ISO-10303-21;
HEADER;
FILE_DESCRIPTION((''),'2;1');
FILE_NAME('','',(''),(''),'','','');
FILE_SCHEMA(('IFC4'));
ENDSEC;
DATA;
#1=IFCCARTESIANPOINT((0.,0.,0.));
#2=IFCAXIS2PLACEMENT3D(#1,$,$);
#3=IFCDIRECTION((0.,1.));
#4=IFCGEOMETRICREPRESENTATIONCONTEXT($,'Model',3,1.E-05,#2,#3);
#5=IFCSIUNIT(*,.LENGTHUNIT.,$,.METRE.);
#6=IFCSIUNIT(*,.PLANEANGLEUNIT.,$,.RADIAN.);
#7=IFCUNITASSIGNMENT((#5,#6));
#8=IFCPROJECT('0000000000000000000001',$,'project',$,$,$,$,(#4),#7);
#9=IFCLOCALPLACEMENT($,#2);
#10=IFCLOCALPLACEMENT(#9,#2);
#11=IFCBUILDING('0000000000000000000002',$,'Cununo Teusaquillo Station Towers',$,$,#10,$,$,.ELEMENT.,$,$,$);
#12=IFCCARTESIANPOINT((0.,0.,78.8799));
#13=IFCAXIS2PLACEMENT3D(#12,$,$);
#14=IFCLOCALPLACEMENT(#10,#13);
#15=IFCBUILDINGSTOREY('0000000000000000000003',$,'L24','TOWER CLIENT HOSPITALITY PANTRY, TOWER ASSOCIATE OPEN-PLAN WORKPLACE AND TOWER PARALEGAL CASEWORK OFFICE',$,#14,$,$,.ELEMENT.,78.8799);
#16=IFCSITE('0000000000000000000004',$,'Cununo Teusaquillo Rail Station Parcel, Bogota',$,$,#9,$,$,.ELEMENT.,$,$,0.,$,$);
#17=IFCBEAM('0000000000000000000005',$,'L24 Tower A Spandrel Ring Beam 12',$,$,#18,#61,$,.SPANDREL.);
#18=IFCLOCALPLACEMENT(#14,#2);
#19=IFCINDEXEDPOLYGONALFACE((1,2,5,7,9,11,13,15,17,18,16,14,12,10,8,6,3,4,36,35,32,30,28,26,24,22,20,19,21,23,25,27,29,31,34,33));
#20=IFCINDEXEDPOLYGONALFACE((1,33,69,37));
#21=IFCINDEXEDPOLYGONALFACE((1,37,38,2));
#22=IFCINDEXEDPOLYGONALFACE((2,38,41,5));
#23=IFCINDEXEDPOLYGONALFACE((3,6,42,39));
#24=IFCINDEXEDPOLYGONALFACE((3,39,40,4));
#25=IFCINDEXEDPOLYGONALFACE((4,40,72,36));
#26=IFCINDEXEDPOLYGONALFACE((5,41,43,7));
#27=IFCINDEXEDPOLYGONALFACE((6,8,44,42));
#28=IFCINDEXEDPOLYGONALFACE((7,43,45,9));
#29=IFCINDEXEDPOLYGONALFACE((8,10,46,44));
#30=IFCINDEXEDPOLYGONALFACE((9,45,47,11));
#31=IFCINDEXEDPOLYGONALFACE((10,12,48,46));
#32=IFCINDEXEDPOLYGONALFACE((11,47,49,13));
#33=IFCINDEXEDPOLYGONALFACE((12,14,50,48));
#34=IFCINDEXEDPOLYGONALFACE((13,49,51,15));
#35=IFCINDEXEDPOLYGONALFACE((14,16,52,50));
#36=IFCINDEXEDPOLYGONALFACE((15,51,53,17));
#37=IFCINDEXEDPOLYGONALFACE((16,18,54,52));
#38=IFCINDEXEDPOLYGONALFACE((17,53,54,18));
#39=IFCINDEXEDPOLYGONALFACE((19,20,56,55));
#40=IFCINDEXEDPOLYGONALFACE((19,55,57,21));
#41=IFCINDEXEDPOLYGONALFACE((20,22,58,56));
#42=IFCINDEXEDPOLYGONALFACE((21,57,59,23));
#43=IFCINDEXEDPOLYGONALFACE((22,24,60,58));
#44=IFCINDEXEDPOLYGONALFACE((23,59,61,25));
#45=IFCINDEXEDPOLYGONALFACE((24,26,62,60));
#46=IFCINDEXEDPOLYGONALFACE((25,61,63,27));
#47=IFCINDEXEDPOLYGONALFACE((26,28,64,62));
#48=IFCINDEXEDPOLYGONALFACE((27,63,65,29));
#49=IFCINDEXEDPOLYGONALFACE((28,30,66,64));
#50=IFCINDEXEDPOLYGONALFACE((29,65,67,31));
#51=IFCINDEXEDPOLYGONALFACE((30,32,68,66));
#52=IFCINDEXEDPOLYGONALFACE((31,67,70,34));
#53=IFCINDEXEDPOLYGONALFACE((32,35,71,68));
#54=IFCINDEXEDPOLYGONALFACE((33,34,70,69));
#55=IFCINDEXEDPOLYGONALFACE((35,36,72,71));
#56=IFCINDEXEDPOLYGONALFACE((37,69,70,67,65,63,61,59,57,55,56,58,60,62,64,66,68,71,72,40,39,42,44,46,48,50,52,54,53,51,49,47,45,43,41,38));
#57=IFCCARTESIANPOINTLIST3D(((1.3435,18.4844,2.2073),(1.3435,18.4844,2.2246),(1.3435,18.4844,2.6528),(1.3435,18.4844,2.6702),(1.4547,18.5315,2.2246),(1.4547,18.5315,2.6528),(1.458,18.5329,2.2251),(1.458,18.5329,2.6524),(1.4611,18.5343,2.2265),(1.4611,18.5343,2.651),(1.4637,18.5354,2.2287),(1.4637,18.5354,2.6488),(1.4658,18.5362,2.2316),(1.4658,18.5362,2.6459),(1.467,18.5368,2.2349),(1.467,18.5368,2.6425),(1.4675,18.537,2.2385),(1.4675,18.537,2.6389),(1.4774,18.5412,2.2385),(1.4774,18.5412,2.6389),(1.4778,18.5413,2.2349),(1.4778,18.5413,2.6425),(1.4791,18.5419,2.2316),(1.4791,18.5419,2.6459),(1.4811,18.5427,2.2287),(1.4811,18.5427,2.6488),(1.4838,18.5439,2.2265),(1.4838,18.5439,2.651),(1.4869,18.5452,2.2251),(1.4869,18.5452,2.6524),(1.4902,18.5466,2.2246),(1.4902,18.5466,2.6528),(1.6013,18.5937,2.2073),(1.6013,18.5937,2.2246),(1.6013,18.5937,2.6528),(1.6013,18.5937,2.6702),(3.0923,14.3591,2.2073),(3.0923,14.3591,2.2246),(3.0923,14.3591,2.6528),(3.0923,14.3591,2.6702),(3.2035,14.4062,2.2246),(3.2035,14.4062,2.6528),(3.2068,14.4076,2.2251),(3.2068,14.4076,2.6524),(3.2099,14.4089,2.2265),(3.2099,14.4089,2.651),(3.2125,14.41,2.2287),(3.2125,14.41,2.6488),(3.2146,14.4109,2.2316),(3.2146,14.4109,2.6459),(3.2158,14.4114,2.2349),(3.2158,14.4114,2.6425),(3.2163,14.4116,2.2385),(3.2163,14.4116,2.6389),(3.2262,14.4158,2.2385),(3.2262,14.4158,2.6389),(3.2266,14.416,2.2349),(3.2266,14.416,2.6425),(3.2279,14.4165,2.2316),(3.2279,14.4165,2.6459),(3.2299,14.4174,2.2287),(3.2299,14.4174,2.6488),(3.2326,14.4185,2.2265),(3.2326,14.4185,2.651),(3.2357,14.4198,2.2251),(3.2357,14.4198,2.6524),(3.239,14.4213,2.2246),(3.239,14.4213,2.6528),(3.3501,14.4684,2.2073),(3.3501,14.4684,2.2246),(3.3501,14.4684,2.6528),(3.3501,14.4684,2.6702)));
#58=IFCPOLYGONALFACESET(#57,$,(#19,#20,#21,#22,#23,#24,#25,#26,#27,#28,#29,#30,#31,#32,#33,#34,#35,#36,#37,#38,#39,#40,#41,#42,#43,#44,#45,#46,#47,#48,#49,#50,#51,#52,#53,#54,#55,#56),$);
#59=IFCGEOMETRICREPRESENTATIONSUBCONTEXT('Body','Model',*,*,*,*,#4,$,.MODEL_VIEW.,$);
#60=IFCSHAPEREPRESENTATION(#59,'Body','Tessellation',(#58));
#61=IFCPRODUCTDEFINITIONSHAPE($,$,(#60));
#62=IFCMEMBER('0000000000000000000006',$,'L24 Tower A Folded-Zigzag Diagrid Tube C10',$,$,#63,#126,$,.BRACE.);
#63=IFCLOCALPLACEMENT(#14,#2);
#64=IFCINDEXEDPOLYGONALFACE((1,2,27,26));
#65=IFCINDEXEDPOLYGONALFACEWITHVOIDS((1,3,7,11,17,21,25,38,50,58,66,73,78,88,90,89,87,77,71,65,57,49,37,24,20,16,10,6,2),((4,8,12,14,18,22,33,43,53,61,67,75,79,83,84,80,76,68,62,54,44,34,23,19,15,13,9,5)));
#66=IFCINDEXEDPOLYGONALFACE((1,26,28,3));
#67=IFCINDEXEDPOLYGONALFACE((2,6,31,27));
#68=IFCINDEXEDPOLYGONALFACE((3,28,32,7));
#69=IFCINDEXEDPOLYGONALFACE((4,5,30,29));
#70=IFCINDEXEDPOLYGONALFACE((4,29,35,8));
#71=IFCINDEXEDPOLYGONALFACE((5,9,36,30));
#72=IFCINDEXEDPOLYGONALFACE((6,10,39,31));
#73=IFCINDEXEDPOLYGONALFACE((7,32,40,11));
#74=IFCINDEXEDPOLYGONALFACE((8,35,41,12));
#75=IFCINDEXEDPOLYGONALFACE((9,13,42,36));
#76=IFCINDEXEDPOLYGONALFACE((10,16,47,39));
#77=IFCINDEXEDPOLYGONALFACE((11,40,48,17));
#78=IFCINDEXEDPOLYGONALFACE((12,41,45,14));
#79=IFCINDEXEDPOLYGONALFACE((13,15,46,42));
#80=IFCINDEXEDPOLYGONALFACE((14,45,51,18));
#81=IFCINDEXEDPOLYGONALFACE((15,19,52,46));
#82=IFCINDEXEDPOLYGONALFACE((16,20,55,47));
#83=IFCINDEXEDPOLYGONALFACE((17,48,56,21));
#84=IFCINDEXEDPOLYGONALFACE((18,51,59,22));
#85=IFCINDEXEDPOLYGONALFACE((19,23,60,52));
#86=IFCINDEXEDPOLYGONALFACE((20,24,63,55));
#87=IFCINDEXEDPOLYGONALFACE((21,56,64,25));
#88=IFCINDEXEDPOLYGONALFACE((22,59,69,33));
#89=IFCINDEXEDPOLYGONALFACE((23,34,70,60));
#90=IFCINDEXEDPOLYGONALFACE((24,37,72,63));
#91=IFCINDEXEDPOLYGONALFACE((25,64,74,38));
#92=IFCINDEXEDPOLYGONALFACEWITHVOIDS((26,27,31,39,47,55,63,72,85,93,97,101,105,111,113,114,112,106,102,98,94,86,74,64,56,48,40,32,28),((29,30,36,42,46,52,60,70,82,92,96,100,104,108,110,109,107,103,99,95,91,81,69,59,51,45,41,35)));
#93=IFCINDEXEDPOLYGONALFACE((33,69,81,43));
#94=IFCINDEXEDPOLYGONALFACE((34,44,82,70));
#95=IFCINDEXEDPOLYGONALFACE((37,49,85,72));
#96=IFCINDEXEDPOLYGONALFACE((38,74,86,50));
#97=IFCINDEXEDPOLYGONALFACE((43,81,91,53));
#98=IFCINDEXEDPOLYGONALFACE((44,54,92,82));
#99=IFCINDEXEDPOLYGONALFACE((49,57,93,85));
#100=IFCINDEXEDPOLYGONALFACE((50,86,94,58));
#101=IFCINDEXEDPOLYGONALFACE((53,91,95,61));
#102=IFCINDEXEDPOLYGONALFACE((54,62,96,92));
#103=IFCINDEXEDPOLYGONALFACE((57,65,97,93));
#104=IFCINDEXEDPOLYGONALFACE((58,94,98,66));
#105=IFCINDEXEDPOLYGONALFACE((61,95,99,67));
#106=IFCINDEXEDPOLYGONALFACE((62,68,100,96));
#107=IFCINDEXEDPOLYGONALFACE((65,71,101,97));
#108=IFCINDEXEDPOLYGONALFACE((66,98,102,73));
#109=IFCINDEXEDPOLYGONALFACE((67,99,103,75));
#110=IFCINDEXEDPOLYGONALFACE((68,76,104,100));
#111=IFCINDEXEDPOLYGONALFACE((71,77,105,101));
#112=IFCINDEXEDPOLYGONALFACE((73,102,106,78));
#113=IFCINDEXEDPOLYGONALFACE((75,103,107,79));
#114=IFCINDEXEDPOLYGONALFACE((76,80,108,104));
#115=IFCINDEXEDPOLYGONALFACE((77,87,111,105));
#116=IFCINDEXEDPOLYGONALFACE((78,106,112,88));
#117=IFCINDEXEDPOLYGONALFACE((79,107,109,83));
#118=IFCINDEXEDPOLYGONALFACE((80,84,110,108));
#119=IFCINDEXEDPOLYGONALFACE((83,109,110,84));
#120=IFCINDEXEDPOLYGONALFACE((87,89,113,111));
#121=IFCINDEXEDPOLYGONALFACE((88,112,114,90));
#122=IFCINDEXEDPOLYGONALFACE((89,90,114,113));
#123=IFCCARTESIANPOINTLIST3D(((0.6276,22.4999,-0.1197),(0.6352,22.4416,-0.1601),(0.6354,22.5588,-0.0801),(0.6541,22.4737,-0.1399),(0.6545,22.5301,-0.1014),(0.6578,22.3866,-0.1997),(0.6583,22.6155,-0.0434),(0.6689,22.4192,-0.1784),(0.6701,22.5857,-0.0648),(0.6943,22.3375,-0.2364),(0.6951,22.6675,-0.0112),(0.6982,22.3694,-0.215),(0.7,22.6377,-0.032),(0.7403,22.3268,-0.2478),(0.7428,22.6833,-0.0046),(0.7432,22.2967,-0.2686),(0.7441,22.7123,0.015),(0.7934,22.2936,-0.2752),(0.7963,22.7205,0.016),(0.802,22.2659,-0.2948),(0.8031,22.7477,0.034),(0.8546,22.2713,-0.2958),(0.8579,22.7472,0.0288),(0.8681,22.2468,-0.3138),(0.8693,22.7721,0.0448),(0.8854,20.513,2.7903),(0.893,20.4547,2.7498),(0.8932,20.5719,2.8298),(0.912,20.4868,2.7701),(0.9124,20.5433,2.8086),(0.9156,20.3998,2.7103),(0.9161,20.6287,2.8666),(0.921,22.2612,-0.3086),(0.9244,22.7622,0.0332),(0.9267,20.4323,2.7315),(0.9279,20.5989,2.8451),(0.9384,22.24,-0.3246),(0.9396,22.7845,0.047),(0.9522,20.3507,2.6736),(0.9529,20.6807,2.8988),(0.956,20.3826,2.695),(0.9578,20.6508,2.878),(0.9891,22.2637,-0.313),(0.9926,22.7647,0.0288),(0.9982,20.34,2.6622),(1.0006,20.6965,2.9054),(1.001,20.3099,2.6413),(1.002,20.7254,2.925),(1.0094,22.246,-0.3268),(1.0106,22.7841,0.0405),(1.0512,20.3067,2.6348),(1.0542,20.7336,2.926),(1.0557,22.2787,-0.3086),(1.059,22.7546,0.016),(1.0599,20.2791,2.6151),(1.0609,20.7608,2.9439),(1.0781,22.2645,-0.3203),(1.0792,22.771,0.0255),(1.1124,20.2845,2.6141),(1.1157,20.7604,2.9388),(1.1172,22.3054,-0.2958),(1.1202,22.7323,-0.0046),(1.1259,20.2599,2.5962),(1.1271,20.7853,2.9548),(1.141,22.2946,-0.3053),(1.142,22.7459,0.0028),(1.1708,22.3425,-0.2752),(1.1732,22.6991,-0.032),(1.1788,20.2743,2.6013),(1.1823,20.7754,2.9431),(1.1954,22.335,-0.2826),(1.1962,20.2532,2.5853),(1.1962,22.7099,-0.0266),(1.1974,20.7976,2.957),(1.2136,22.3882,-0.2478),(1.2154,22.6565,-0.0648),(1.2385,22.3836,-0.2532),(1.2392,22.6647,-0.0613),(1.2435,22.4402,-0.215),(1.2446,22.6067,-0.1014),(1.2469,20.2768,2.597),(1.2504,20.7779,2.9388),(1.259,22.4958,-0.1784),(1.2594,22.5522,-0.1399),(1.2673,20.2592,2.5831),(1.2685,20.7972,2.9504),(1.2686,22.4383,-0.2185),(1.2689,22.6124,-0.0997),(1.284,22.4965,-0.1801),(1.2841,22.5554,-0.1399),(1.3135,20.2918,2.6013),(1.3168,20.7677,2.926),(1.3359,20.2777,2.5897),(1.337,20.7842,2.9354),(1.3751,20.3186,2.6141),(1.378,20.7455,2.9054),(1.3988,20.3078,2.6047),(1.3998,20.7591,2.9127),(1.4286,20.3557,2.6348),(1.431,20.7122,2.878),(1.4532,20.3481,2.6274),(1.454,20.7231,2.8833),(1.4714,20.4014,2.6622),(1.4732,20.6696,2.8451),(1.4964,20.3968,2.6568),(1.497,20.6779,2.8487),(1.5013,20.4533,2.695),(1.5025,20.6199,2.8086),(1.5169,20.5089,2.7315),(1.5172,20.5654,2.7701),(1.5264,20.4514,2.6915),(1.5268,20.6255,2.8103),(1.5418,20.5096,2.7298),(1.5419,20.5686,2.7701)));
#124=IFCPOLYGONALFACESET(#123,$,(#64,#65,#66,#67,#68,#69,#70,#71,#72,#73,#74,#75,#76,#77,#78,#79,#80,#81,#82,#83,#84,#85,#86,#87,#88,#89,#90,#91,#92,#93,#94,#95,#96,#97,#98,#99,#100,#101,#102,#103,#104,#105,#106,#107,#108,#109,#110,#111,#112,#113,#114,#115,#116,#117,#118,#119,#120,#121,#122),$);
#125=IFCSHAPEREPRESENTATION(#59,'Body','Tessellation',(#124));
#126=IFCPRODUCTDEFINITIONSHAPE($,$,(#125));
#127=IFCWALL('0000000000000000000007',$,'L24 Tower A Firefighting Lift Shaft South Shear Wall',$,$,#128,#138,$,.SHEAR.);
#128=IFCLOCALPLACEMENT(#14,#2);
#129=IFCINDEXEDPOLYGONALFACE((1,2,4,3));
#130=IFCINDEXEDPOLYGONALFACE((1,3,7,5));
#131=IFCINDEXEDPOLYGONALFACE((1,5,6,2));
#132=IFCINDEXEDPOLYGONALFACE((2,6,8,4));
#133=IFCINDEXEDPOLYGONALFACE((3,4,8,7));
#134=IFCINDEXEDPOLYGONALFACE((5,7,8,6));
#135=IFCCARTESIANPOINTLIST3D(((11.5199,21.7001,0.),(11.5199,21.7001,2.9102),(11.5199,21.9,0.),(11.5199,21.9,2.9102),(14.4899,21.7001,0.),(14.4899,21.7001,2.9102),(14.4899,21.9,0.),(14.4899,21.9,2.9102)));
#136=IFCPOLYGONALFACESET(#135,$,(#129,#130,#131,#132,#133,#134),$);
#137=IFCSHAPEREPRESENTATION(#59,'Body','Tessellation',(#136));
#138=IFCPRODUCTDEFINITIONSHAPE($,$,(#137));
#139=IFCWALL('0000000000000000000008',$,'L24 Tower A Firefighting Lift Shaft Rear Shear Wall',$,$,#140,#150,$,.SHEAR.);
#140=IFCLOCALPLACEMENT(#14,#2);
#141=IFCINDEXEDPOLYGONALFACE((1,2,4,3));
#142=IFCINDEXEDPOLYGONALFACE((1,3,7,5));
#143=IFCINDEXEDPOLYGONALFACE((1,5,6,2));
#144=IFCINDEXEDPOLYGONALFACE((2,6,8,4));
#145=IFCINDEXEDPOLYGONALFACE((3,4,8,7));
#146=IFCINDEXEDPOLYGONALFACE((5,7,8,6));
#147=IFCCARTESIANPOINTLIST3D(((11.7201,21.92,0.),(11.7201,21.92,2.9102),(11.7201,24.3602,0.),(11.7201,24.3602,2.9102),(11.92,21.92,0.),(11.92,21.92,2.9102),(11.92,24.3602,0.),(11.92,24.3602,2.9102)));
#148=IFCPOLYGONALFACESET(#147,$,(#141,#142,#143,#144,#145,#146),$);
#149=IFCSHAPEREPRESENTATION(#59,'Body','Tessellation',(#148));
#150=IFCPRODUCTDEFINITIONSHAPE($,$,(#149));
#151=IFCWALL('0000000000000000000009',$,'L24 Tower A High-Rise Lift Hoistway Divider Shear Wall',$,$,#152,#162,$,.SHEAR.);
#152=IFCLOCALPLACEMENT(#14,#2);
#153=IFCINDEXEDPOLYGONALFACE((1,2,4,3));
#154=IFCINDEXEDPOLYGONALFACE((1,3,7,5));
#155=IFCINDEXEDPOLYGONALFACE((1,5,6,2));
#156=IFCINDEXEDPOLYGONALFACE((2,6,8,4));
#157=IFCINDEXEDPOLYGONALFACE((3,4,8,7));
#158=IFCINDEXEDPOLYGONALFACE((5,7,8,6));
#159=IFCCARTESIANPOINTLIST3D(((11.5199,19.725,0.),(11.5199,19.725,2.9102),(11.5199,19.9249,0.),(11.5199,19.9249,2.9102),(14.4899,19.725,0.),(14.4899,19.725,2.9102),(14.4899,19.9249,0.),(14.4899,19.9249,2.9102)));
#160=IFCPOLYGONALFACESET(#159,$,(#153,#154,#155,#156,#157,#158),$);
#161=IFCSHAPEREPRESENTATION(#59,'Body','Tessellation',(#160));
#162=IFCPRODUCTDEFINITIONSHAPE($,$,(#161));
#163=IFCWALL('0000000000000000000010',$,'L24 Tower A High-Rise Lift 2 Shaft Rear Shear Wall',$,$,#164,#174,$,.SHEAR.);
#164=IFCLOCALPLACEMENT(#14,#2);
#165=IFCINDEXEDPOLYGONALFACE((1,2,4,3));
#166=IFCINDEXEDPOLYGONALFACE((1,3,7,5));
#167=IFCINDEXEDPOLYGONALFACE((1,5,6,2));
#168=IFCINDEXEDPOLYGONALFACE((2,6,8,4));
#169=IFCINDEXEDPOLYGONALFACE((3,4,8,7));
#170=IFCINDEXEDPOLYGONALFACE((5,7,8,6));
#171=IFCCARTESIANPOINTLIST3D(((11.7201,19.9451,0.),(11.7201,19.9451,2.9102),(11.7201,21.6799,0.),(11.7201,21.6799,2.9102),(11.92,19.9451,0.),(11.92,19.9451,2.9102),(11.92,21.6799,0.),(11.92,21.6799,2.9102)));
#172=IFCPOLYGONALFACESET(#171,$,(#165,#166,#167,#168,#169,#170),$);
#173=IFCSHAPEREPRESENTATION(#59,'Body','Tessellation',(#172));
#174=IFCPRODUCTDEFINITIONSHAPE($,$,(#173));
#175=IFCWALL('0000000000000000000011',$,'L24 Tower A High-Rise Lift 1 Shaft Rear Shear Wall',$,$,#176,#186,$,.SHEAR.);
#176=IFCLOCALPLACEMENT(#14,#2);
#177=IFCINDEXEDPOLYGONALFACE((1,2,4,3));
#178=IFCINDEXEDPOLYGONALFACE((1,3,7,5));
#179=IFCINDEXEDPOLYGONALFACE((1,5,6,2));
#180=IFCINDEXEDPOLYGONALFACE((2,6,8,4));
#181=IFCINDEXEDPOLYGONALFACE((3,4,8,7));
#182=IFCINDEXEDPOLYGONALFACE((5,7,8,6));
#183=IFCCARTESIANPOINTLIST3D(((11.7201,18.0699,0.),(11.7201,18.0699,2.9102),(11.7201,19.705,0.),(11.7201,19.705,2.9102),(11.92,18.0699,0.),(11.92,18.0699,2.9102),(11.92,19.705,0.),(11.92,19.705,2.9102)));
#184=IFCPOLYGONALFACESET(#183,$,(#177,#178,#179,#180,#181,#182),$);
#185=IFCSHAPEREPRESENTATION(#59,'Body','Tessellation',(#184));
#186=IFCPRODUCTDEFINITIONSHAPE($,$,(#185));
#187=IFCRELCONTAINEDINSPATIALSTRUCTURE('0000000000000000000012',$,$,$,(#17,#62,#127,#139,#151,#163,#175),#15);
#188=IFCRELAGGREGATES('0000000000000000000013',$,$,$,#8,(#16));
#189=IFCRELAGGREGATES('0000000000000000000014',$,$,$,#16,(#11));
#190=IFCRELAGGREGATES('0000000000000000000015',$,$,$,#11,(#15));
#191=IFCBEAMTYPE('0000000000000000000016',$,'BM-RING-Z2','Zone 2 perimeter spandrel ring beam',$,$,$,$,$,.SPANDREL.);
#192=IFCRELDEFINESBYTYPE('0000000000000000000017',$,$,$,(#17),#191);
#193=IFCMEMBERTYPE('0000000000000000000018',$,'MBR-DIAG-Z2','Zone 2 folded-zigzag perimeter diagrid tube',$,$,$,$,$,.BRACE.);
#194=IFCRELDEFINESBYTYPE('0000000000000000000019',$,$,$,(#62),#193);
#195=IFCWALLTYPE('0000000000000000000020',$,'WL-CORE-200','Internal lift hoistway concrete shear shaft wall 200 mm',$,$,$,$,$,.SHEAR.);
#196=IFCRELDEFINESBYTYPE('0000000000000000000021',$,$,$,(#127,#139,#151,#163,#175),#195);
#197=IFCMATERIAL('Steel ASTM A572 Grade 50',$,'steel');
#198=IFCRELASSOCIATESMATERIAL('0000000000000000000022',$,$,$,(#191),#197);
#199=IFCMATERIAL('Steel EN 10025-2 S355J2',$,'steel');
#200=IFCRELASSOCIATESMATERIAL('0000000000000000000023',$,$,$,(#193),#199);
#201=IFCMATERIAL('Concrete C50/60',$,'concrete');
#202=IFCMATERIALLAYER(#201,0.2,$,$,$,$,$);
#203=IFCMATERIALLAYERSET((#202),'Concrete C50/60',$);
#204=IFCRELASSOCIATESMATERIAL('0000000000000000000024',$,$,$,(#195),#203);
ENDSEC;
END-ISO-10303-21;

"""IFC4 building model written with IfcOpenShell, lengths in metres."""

from ifc_helpers import new_model, si_unit, direction, frame, frame_2d, origin, origin_2d, place, context, subcontext, project, spatial, rectangle, hollow_circle, i_section, extrude, material, layer, layer_set, material_profile, profile_set, type_object, element, save


model = new_model("IFC4")

# Units and contexts
model_context = context("Model", 3, precision=1e-05, world=origin(), true_north=direction((0.0, 1.0)))
body_context = subcontext(model_context, "Body", "Model", "MODEL_VIEW")
ifc_project = project(units=[si_unit("LENGTHUNIT", "METRE"), si_unit("PLANEANGLEUNIT", "RADIAN")], contexts=[model_context])

# Site, building, storey
site_placement = place(None, origin())
site = spatial("IfcSite", under=ifc_project, at=site_placement, Name="Cununo Teusaquillo Rail Station Parcel, Bogota", CompositionType="ELEMENT", RefElevation=0.0)
building_placement = place(site_placement, origin())
building = spatial("IfcBuilding", under=site, at=building_placement, Name="Cununo Teusaquillo Station Towers", CompositionType="ELEMENT")
storey_placement = place(building_placement, frame((0.0, 0.0, 78.8799)))
storey = spatial("IfcBuildingStorey", under=building, at=storey_placement, Name="L24", Description="TOWER CLIENT HOSPITALITY PANTRY, TOWER ASSOCIATE OPEN-PLAN WORKPLACE AND TOWER PARALEGAL CASEWORK OFFICE", CompositionType="ELEMENT", Elevation=78.8799)

# Beam
ifc_material_1 = material(Name="Steel ASTM A572 Grade 50", Category="steel")
ifc_material_profile_1 = material_profile(ifc_material_1, i_section(OverallWidth=0.28, OverallDepth=0.4629, WebThickness=0.0107, FlangeThickness=0.0173, FilletRadius=0.0139, at=origin_2d()), Name="W18X76")
ifc_profile_set_1 = profile_set([ifc_material_profile_1], Name="Steel ASTM A572 Grade 50")
beam_type_1 = type_object("IfcBeamType", Name="BM-RING-Z2", Description="Zone 2 perimeter spandrel ring beam", PredefinedType="SPANDREL", material=ifc_profile_set_1)
beam_1_placement = place(storey_placement, frame((1.4724, 18.5391, 2.4387), z_axis=(0.390299, -0.920688, 0.0), x_axis=(0.920688, 0.390299, 0.0)))
element("IfcBeam", 1, at=beam_1_placement, inside=storey, type_object=beam_type_1, Name="L24 Tower A Spandrel Ring Beam 12", PredefinedType="SPANDREL", context=body_context, shape_type="SweptSolid", body=[
    extrude(i_section(OverallWidth=0.28, OverallDepth=0.4629, WebThickness=0.0107, FlangeThickness=0.0173, FilletRadius=0.0139, at=origin_2d()), origin(), (0.0, 0.0, 1.0), 4.4807),
])

# Member
ifc_material_2 = material(Name="Steel EN 10025-2 S355J2", Category="steel")
ifc_material_profile_2 = material_profile(ifc_material_2, hollow_circle(Radius=0.3301, WallThickness=0.0249, at=origin_2d()), Name="CHS 660x25")
ifc_profile_set_2 = profile_set([ifc_material_profile_2], Name="Steel EN 10025-2 S355J2")
member_type = type_object("IfcMemberType", Name="MBR-DIAG-Z2", Description="Zone 2 folded-zigzag perimeter diagrid tube", PredefinedType="BRACE", material=ifc_profile_set_2)
member_placement = place(storey_placement, frame((0.9568, 22.5129, -0.1399), z_axis=(0.072974, -0.562373, 0.823657), x_axis=(0.991686, 0.128683, 0.0)))
element("IfcMember", 2, at=member_placement, inside=storey, type_object=member_type, Name="L24 Tower A Folded-Zigzag Diagrid Tube C10", PredefinedType="BRACE", context=body_context, shape_type="SweptSolid", body=[
    extrude(hollow_circle(Radius=0.3301, WallThickness=0.0249, at=origin_2d()), origin(), (0.0, 0.0, 1.0), 3.533),
])

# Walls
ifc_material_3 = material(Name="Concrete C50/60", Category="concrete")
ifc_layer_1 = layer(ifc_material_3, 0.2)
ifc_layer_set_1 = layer_set([ifc_layer_1], Name="Concrete C50/60")
wall_type_1 = type_object("IfcWallType", Name="WL-CORE-200", Description="Internal lift hoistway concrete shear shaft wall 200 mm", PredefinedType="SHEAR", material=ifc_layer_set_1)
wall_1_placement = place(storey_placement, frame((11.52, 21.8, 0.0), z_axis=(0.0, 0.0, 1.0), x_axis=(1.0, 0.0, 0.0)))
element("IfcWall", 3, at=wall_1_placement, inside=storey, type_object=wall_type_1, Name="L24 Tower A Firefighting Lift Shaft South Shear Wall", PredefinedType="SHEAR", context=body_context, shape_type="SweptSolid", body=[
    extrude(rectangle(XDim=2.97, YDim=0.2, at=frame_2d((1.4849, 0.0))), origin(), (0.0, 0.0, 1.0), 2.9102),
])
wall_2_placement = place(storey_placement, frame((11.8201, 21.9199, 0.0), z_axis=(0.0, 0.0, 1.0), x_axis=(0.0, 1.0, 0.0)))
element("IfcWall", 4, at=wall_2_placement, inside=storey, type_object=wall_type_1, Name="L24 Tower A Firefighting Lift Shaft Rear Shear Wall", PredefinedType="SHEAR", context=body_context, shape_type="SweptSolid", body=[
    extrude(rectangle(XDim=2.4402, YDim=0.2, at=frame_2d((1.2202, 0.0))), origin(), (0.0, 0.0, 1.0), 2.9102),
])
wall_3_placement = place(storey_placement, frame((11.52, 19.825, 0.0), z_axis=(0.0, 0.0, 1.0), x_axis=(1.0, 0.0, 0.0)))
element("IfcWall", 5, at=wall_3_placement, inside=storey, type_object=wall_type_1, Name="L24 Tower A High-Rise Lift Hoistway Divider Shear Wall", PredefinedType="SHEAR", context=body_context, shape_type="SweptSolid", body=[
    extrude(rectangle(XDim=2.97, YDim=0.2, at=frame_2d((1.4849, 0.0))), origin(), (0.0, 0.0, 1.0), 2.9102),
])
wall_4_placement = place(storey_placement, frame((11.8201, 19.9451, 0.0), z_axis=(0.0, 0.0, 1.0), x_axis=(0.0, 1.0, 0.0)))
element("IfcWall", 6, at=wall_4_placement, inside=storey, type_object=wall_type_1, Name="L24 Tower A High-Rise Lift 2 Shaft Rear Shear Wall", PredefinedType="SHEAR", context=body_context, shape_type="SweptSolid", body=[
    extrude(rectangle(XDim=1.7349, YDim=0.2, at=frame_2d((0.8674, 0.0))), origin(), (0.0, 0.0, 1.0), 2.9102),
])
wall_5_placement = place(storey_placement, frame((11.8201, 18.0701, 0.0), z_axis=(0.0, 0.0, 1.0), x_axis=(0.0, 1.0, 0.0)))
element("IfcWall", 7, at=wall_5_placement, inside=storey, type_object=wall_type_1, Name="L24 Tower A High-Rise Lift 1 Shaft Rear Shear Wall", PredefinedType="SHEAR", context=body_context, shape_type="SweptSolid", body=[
    extrude(rectangle(XDim=1.635, YDim=0.2, at=frame_2d((0.8174, 0.0))), origin(), (0.0, 0.0, 1.0), 2.9102),
])

save(model, "model.ifc")
